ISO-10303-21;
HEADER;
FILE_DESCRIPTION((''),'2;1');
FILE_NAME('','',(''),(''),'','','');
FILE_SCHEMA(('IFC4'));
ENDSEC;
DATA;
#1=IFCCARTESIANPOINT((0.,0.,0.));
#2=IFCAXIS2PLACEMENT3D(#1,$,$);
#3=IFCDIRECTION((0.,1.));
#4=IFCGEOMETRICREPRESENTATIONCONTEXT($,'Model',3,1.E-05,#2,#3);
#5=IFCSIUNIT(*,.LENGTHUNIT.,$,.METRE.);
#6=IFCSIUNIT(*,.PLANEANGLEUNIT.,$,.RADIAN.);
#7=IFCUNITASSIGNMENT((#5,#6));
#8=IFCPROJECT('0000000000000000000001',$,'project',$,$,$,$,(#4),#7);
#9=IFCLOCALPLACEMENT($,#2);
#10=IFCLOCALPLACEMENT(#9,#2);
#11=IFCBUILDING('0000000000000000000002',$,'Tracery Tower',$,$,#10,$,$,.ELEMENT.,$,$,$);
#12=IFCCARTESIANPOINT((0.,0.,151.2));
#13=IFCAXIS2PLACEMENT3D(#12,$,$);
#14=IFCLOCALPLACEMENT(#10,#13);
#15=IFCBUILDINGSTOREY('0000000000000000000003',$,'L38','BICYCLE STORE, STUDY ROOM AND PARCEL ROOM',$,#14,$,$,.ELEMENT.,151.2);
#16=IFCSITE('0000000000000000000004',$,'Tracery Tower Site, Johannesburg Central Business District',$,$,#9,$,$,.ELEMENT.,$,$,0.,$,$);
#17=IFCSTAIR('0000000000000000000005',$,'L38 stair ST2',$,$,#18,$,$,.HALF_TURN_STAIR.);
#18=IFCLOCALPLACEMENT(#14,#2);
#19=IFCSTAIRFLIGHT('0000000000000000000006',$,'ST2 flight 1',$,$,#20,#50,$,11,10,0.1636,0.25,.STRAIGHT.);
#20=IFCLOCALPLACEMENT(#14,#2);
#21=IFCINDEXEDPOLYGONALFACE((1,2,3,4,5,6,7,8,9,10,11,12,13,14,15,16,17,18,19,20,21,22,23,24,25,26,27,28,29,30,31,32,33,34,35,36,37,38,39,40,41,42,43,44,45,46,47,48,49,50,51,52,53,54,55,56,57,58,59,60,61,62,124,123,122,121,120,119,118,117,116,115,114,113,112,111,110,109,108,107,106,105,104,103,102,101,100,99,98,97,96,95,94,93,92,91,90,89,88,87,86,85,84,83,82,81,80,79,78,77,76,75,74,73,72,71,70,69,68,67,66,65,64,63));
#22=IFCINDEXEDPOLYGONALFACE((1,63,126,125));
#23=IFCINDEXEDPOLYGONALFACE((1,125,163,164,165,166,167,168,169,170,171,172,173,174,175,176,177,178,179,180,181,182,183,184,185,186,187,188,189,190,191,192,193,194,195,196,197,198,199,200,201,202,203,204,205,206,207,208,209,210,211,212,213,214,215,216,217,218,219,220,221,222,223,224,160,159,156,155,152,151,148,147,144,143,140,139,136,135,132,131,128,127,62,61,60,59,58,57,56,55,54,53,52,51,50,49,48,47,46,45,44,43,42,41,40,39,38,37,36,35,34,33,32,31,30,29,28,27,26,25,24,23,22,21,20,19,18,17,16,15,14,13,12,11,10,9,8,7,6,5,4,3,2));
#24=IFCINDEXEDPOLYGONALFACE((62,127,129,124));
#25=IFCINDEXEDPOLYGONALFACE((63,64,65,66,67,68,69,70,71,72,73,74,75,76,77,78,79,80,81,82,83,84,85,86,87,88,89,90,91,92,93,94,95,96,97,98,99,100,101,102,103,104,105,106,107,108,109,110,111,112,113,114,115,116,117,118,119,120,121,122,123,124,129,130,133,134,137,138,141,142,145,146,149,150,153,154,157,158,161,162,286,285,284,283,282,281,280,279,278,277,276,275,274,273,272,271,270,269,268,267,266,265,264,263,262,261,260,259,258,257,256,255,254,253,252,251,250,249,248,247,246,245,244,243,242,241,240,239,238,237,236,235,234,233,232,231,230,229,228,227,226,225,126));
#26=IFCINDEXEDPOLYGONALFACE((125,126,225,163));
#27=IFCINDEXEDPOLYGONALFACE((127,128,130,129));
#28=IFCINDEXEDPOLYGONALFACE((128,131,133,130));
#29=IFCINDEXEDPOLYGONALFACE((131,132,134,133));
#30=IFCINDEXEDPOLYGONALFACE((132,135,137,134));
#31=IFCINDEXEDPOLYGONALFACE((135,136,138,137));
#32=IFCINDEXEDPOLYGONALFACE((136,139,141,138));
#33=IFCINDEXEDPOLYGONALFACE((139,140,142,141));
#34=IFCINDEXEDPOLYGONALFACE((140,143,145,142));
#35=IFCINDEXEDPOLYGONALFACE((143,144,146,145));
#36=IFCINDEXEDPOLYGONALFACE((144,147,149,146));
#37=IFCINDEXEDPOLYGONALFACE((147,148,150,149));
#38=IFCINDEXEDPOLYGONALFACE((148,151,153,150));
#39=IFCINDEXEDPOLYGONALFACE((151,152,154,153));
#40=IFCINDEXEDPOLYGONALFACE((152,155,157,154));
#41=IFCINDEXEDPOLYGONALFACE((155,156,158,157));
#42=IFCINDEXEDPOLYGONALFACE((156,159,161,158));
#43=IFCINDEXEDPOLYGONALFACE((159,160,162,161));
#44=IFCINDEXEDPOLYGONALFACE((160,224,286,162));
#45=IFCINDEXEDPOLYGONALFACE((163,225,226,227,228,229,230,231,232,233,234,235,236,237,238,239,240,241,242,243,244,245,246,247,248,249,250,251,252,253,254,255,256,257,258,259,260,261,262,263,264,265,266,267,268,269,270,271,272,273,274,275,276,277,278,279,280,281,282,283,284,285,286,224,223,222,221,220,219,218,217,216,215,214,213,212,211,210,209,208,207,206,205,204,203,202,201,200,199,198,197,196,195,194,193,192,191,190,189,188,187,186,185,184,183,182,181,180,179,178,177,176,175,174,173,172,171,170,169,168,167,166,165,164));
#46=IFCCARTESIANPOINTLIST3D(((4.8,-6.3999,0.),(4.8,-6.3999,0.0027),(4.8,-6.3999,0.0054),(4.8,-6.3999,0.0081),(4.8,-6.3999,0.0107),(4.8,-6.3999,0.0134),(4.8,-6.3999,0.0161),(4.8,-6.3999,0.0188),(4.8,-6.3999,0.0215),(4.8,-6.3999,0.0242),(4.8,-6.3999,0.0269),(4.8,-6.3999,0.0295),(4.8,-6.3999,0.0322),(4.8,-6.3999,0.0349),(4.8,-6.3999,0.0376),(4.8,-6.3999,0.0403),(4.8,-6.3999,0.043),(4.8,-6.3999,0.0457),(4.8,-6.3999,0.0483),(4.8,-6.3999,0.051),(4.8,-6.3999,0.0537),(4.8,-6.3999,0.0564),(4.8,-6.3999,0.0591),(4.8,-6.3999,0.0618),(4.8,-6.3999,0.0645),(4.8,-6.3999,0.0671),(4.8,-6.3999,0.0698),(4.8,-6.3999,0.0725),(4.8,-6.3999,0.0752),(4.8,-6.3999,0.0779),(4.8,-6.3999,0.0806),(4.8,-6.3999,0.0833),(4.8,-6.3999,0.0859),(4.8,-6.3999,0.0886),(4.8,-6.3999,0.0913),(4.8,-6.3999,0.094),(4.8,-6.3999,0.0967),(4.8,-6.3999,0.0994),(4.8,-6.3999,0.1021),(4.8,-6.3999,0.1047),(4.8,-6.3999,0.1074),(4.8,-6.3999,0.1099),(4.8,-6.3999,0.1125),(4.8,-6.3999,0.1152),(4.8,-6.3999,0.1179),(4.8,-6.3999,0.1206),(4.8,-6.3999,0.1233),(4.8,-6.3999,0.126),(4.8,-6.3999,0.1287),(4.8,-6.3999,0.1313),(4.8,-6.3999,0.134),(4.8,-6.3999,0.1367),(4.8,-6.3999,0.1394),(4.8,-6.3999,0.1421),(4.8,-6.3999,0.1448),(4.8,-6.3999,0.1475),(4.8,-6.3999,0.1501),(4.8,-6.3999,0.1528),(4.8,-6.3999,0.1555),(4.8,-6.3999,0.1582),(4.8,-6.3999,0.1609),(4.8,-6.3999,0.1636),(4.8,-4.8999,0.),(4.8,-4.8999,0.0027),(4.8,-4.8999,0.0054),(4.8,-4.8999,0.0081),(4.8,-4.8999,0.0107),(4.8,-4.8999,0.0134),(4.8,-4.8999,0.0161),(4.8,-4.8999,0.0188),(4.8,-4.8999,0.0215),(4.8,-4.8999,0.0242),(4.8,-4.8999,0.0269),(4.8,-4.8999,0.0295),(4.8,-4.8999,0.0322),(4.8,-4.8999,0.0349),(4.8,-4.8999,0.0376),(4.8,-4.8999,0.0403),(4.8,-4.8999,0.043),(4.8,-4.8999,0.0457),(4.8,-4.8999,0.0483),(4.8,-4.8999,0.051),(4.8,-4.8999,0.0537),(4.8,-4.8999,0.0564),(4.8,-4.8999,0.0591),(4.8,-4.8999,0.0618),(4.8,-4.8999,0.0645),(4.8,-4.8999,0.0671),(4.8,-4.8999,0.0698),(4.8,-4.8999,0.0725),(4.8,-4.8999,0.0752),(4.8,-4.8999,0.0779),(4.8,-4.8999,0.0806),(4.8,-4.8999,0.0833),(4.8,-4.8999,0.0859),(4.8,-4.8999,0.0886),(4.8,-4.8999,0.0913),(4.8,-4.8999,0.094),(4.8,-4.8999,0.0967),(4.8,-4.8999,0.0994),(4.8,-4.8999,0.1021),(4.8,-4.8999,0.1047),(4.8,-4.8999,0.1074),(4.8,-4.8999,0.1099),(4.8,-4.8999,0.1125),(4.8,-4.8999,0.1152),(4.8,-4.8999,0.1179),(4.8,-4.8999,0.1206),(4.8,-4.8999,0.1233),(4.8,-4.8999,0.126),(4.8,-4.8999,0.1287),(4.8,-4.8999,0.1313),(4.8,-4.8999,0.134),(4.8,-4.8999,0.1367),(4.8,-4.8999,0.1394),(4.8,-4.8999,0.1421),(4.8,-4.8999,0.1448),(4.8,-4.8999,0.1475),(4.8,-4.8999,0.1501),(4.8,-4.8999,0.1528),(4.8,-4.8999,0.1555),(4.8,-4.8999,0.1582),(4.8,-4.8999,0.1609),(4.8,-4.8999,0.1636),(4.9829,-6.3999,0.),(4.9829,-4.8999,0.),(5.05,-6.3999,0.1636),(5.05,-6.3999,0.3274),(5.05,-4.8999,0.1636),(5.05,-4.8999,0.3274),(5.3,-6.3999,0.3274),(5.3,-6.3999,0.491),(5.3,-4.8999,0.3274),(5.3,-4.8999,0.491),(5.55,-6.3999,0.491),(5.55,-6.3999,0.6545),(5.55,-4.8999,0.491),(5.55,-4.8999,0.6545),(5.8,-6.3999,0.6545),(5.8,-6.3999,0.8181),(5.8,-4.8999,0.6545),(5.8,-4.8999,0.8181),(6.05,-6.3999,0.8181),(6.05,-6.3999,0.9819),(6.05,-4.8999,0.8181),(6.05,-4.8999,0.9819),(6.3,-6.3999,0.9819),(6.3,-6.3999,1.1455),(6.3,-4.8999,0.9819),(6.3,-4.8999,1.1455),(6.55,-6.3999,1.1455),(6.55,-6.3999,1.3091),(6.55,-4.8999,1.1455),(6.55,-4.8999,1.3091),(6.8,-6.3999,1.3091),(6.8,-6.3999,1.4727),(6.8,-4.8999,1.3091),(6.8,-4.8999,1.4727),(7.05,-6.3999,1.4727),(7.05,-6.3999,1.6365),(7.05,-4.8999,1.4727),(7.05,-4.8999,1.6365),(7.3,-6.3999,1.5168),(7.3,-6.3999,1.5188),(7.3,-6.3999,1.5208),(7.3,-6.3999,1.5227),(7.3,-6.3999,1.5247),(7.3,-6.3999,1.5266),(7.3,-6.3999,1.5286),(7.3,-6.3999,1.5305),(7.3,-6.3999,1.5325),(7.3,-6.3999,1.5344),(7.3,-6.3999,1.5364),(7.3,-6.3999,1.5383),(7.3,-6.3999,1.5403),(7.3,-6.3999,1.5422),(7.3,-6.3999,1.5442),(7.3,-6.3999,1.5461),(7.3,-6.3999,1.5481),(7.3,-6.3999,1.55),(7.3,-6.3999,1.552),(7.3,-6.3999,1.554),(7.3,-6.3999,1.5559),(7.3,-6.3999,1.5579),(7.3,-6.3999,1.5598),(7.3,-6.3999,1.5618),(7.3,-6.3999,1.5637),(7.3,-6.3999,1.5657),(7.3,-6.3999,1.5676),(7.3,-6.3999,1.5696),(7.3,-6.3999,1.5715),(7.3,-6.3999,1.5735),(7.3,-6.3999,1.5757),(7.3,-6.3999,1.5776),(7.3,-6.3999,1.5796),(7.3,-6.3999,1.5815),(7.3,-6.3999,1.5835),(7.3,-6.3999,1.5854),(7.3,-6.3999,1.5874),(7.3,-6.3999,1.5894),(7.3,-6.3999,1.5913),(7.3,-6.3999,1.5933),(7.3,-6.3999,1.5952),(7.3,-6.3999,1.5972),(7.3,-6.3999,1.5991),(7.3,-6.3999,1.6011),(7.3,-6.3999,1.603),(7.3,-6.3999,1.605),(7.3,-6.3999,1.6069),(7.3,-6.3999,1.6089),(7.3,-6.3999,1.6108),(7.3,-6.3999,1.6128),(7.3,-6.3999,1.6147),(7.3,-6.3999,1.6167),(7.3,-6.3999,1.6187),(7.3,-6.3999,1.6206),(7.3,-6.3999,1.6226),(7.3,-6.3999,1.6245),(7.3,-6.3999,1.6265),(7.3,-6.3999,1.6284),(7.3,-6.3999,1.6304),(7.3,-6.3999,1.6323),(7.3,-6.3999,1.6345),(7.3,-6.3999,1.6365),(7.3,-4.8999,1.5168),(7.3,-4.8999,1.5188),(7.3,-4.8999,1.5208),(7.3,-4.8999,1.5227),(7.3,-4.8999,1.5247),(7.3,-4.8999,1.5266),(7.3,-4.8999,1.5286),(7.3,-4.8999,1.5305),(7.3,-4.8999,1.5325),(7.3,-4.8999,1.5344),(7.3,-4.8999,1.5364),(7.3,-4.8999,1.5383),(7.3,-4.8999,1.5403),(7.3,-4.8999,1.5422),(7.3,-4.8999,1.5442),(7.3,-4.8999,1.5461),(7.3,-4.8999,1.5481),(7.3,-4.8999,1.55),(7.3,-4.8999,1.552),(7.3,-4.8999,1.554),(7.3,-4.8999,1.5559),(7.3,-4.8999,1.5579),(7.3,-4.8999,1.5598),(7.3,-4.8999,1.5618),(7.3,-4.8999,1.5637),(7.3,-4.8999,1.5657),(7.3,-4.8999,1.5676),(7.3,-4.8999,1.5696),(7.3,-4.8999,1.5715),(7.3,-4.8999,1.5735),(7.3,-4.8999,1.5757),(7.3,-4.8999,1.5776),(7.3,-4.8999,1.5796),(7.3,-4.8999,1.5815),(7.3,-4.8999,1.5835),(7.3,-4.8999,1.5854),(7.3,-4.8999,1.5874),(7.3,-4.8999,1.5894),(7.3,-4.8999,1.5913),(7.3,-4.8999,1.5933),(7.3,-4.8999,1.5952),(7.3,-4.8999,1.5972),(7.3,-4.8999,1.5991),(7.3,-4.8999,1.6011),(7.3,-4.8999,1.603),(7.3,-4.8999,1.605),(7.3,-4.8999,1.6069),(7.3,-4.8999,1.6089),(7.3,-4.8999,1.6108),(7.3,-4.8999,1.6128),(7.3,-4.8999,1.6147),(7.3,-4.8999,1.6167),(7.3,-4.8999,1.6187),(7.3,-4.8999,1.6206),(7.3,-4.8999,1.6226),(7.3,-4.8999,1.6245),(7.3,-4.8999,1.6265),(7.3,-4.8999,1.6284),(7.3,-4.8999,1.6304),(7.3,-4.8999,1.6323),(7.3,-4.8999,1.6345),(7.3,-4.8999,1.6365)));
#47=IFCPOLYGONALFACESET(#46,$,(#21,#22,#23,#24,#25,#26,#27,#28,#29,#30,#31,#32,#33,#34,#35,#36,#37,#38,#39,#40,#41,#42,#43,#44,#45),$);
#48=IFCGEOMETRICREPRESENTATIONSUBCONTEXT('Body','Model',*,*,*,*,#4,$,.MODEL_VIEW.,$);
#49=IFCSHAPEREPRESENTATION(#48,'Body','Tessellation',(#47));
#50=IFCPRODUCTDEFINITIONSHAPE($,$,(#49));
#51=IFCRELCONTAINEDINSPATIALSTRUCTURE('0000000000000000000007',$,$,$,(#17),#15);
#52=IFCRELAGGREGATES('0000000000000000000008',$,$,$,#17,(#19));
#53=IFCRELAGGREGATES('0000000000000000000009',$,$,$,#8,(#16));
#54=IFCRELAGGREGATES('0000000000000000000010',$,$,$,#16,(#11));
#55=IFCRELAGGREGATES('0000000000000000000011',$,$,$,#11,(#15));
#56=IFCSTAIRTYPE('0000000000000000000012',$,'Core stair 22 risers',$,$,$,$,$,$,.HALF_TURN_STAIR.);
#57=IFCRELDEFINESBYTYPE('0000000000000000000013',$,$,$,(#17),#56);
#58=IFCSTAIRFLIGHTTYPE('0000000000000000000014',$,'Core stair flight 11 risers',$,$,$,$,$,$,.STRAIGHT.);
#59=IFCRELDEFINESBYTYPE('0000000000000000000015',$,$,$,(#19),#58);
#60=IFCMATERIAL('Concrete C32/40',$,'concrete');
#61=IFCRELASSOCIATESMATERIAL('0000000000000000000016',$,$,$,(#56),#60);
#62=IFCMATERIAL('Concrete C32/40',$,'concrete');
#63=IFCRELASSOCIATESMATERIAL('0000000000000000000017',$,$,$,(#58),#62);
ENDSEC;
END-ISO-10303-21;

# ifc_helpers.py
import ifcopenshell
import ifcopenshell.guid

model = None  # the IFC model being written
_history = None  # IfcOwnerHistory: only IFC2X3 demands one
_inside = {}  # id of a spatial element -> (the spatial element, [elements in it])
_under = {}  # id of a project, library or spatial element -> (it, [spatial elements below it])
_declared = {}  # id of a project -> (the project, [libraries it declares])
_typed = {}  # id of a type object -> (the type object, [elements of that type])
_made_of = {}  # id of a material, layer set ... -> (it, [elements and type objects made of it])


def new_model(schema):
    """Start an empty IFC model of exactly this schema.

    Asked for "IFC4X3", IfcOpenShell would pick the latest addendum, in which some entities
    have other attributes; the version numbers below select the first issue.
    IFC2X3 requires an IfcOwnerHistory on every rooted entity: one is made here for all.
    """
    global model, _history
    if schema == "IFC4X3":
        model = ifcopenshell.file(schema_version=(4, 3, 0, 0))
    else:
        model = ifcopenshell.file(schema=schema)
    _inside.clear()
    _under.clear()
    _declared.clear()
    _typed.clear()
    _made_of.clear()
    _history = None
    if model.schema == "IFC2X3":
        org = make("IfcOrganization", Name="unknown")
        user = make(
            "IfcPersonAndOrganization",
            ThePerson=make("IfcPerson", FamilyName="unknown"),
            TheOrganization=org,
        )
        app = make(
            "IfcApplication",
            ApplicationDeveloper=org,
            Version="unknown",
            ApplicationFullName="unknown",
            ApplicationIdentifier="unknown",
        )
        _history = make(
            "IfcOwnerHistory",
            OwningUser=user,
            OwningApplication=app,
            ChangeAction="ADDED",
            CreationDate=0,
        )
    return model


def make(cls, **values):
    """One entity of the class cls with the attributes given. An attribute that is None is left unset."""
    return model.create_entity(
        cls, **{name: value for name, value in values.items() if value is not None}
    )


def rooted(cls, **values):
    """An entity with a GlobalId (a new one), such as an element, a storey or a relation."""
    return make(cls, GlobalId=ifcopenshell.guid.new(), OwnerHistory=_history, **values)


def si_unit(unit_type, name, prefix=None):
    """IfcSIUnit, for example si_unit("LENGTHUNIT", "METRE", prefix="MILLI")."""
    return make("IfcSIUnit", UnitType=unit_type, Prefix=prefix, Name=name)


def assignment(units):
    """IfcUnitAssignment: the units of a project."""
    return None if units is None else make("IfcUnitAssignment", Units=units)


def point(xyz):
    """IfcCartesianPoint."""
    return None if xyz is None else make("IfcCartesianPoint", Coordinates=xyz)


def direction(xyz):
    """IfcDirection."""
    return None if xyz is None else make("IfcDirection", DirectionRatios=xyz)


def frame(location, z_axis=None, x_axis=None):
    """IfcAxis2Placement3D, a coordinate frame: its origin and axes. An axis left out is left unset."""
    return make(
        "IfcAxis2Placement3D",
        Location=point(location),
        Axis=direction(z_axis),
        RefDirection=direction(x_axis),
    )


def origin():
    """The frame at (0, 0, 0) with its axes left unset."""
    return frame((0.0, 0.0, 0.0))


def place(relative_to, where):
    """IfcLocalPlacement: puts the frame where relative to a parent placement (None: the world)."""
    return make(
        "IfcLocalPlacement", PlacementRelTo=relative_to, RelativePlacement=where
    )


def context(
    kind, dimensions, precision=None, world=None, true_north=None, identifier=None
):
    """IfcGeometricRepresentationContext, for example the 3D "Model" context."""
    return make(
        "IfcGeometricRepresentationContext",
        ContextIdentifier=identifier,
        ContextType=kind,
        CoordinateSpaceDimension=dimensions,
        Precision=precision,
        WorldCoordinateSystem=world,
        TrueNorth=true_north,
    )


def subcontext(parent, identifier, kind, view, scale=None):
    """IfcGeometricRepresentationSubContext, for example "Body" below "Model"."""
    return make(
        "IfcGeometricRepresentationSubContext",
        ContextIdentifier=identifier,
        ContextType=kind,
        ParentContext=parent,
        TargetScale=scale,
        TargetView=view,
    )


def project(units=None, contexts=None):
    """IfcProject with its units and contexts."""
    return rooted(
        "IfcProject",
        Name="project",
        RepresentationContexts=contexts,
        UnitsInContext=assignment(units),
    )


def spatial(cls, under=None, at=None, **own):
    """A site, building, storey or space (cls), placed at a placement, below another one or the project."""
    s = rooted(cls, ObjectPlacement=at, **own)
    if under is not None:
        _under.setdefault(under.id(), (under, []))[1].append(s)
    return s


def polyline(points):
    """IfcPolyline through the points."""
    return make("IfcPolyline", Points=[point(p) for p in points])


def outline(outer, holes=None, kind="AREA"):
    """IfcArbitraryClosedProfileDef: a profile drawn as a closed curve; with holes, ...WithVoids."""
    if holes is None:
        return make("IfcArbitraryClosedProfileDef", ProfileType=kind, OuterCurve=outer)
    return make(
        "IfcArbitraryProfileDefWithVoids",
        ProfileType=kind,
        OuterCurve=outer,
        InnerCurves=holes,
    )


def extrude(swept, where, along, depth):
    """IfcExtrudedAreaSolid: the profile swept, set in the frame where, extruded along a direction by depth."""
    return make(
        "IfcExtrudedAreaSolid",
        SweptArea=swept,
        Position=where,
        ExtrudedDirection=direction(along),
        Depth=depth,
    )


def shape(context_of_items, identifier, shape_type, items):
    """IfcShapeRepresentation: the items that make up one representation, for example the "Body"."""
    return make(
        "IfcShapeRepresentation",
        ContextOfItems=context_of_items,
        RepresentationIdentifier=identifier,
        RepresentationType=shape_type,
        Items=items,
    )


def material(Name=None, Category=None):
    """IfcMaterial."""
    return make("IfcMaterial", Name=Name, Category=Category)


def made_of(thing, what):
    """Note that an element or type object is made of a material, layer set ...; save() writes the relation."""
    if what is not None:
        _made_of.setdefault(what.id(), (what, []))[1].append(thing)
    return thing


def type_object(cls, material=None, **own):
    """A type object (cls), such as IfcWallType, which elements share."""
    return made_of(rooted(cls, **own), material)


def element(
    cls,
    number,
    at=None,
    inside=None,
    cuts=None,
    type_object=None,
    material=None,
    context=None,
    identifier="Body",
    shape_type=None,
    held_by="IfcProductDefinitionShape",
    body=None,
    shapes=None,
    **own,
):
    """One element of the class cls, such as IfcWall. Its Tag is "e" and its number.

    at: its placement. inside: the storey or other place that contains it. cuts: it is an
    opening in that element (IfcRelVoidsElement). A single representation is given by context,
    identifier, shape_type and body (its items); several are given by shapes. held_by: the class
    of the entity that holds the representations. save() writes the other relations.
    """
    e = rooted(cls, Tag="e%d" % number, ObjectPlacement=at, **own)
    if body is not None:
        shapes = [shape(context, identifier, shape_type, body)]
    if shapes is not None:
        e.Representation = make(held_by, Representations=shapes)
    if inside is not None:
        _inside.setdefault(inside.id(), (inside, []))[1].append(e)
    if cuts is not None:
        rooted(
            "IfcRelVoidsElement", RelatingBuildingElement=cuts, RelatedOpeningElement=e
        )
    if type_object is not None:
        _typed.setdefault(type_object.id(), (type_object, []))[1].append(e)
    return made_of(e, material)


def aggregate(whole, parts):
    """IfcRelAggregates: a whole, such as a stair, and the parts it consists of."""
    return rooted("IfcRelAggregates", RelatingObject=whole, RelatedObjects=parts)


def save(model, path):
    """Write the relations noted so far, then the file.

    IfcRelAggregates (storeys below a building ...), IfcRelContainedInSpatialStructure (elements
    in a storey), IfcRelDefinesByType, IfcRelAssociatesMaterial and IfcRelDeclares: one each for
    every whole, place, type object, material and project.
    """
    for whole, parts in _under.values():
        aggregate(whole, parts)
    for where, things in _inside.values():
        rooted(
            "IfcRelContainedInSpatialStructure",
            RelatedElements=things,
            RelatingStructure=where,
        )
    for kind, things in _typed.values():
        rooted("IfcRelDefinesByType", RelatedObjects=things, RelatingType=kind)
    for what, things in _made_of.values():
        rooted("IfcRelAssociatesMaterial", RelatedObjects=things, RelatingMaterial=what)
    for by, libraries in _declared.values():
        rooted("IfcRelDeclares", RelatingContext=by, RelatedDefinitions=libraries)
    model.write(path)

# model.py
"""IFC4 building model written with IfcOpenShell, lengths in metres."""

from ifc_helpers import new_model, si_unit, direction, frame, origin, place, context, subcontext, project, spatial, polyline, outline, extrude, material, type_object, element, aggregate, save


model = new_model("IFC4")

# Units and contexts
model_context = context("Model", 3, precision=1e-05, world=origin(), true_north=direction((0.0, 1.0)))
body_context = subcontext(model_context, "Body", "Model", "MODEL_VIEW")
ifc_project = project(units=[si_unit("LENGTHUNIT", "METRE"), si_unit("PLANEANGLEUNIT", "RADIAN")], contexts=[model_context])

# Site, building, storey
site_placement = place(None, origin())
site = spatial("IfcSite", under=ifc_project, at=site_placement, Name="Tracery Tower Site, Johannesburg Central Business District", CompositionType="ELEMENT", RefElevation=0.0)
building_placement = place(site_placement, origin())
building = spatial("IfcBuilding", under=site, at=building_placement, Name="Tracery Tower", CompositionType="ELEMENT")
storey_placement = place(building_placement, frame((0.0, 0.0, 151.2)))
storey = spatial("IfcBuildingStorey", under=building, at=storey_placement, Name="L38", Description="BICYCLE STORE, STUDY ROOM AND PARCEL ROOM", CompositionType="ELEMENT", Elevation=151.2)

# Shared definitions
ifc_material_1 = material(Name="Concrete C32/40", Category="concrete")
stair_type = type_object("IfcStairType", Name="Core stair 22 risers", PredefinedType="HALF_TURN_STAIR", material=ifc_material_1)

# Stair, stair flight
stair_1_placement = place(storey_placement, origin())
stair_1 = element("IfcStair", 1, at=stair_1_placement, inside=storey, type_object=stair_type, Name="L38 stair ST2", PredefinedType="HALF_TURN_STAIR")
ifc_material_2 = material(Name="Concrete C32/40", Category="concrete")
stair_flight_type = type_object("IfcStairFlightType", Name="Core stair flight 11 risers", PredefinedType="STRAIGHT", material=ifc_material_2)
stair_flight_1_placement = place(storey_placement, frame((4.8, -5.6499, 0.0), z_axis=(0.0, 0.0, 1.0), x_axis=(1.0, 0.0, 0.0)))
stair_flight_1 = element("IfcStairFlight", 2, at=stair_flight_1_placement, type_object=stair_flight_type, Name="ST2 flight 1", NumberOfRisers=11, NumberOfTreads=10, PredefinedType="STRAIGHT", RiserHeight=0.1636, TreadLength=0.25, context=body_context, shape_type="SweptSolid", body=[
    extrude(outline(polyline([(0.0, 0.0), (0.0, 0.0027), (0.0, 0.0054), (0.0, 0.0081), (0.0, 0.0107), (0.0, 0.0134), (0.0, 0.0161), (0.0, 0.0188), (0.0, 0.0215), (0.0, 0.0242), (0.0, 0.0269), (0.0, 0.0295), (0.0, 0.0322), (0.0, 0.0349), (0.0, 0.0376), (0.0, 0.0403), (0.0, 0.043), (0.0, 0.0457), (0.0, 0.0483), (0.0, 0.051), (0.0, 0.0537), (0.0, 0.0564), (0.0, 0.0591), (0.0, 0.0618), (0.0, 0.0645), (0.0, 0.0671), (0.0, 0.0698), (0.0, 0.0725), (0.0, 0.0752), (0.0, 0.0779), (0.0, 0.0806), (0.0, 0.0833), (0.0, 0.0859), (0.0, 0.0886), (0.0, 0.0913), (0.0, 0.094), (0.0, 0.0967), (0.0, 0.0994), (0.0, 0.1021), (0.0, 0.1047), (0.0, 0.1074), (0.0, 0.1099), (0.0, 0.1125), (0.0, 0.1152), (0.0, 0.1179), (0.0, 0.1206), (0.0, 0.1233), (0.0, 0.126), (0.0, 0.1287), (0.0, 0.1313), (0.0, 0.134), (0.0, 0.1367), (0.0, 0.1394), (0.0, 0.1421), (0.0, 0.1448), (0.0, 0.1475), (0.0, 0.1501), (0.0, 0.1528), (0.0, 0.1555), (0.0, 0.1582), (0.0, 0.1609), (0.0, 0.1636), (0.25, 0.1636), (0.25, 0.3274), (0.5, 0.3274), (0.5, 0.491), (0.75, 0.491), (0.75, 0.6545), (1.0, 0.6545), (1.0, 0.8181), (1.25, 0.8181), (1.25, 0.9819), (1.5, 0.9819), (1.5, 1.1455), (1.75, 1.1455), (1.75, 1.3091), (2.0, 1.3091), (2.0, 1.4727), (2.25, 1.4727), (2.25, 1.6365), (2.5, 1.6365), (2.5, 1.6345), (2.5, 1.6323), (2.5, 1.6304), (2.5, 1.6284), (2.5, 1.6265), (2.5, 1.6245), (2.5, 1.6226), (2.5, 1.6206), (2.5, 1.6187), (2.5, 1.6167), (2.5, 1.6147), (2.5, 1.6128), (2.5, 1.6108), (2.5, 1.6089), (2.5, 1.6069), (2.5, 1.605), (2.5, 1.603), (2.5, 1.6011), (2.5, 1.5991), (2.5, 1.5972), (2.5, 1.5952), (2.5, 1.5933), (2.5, 1.5913), (2.5, 1.5894), (2.5, 1.5874), (2.5, 1.5854), (2.5, 1.5835), (2.5, 1.5815), (2.5, 1.5796), (2.5, 1.5776), (2.5, 1.5757), (2.5, 1.5735), (2.5, 1.5715), (2.5, 1.5696), (2.5, 1.5676), (2.5, 1.5657), (2.5, 1.5637), (2.5, 1.5618), (2.5, 1.5598), (2.5, 1.5579), (2.5, 1.5559), (2.5, 1.554), (2.5, 1.552), (2.5, 1.55), (2.5, 1.5481), (2.5, 1.5461), (2.5, 1.5442), (2.5, 1.5422), (2.5, 1.5403), (2.5, 1.5383), (2.5, 1.5364), (2.5, 1.5344), (2.5, 1.5325), (2.5, 1.5305), (2.5, 1.5286), (2.5, 1.5266), (2.5, 1.5247), (2.5, 1.5227), (2.5, 1.5208), (2.5, 1.5188), (2.5, 1.5168), (0.1829, 0.0), (0.0, 0.0)])), frame((0.0, 0.75, 0.0), z_axis=(0.0, -1.0, 0.0), x_axis=(1.0, 0.0, 0.0)), (0.0, 0.0, 1.0), 1.5),
])
aggregate(stair_1, [stair_flight_1])

save(model, "model.ifc")
